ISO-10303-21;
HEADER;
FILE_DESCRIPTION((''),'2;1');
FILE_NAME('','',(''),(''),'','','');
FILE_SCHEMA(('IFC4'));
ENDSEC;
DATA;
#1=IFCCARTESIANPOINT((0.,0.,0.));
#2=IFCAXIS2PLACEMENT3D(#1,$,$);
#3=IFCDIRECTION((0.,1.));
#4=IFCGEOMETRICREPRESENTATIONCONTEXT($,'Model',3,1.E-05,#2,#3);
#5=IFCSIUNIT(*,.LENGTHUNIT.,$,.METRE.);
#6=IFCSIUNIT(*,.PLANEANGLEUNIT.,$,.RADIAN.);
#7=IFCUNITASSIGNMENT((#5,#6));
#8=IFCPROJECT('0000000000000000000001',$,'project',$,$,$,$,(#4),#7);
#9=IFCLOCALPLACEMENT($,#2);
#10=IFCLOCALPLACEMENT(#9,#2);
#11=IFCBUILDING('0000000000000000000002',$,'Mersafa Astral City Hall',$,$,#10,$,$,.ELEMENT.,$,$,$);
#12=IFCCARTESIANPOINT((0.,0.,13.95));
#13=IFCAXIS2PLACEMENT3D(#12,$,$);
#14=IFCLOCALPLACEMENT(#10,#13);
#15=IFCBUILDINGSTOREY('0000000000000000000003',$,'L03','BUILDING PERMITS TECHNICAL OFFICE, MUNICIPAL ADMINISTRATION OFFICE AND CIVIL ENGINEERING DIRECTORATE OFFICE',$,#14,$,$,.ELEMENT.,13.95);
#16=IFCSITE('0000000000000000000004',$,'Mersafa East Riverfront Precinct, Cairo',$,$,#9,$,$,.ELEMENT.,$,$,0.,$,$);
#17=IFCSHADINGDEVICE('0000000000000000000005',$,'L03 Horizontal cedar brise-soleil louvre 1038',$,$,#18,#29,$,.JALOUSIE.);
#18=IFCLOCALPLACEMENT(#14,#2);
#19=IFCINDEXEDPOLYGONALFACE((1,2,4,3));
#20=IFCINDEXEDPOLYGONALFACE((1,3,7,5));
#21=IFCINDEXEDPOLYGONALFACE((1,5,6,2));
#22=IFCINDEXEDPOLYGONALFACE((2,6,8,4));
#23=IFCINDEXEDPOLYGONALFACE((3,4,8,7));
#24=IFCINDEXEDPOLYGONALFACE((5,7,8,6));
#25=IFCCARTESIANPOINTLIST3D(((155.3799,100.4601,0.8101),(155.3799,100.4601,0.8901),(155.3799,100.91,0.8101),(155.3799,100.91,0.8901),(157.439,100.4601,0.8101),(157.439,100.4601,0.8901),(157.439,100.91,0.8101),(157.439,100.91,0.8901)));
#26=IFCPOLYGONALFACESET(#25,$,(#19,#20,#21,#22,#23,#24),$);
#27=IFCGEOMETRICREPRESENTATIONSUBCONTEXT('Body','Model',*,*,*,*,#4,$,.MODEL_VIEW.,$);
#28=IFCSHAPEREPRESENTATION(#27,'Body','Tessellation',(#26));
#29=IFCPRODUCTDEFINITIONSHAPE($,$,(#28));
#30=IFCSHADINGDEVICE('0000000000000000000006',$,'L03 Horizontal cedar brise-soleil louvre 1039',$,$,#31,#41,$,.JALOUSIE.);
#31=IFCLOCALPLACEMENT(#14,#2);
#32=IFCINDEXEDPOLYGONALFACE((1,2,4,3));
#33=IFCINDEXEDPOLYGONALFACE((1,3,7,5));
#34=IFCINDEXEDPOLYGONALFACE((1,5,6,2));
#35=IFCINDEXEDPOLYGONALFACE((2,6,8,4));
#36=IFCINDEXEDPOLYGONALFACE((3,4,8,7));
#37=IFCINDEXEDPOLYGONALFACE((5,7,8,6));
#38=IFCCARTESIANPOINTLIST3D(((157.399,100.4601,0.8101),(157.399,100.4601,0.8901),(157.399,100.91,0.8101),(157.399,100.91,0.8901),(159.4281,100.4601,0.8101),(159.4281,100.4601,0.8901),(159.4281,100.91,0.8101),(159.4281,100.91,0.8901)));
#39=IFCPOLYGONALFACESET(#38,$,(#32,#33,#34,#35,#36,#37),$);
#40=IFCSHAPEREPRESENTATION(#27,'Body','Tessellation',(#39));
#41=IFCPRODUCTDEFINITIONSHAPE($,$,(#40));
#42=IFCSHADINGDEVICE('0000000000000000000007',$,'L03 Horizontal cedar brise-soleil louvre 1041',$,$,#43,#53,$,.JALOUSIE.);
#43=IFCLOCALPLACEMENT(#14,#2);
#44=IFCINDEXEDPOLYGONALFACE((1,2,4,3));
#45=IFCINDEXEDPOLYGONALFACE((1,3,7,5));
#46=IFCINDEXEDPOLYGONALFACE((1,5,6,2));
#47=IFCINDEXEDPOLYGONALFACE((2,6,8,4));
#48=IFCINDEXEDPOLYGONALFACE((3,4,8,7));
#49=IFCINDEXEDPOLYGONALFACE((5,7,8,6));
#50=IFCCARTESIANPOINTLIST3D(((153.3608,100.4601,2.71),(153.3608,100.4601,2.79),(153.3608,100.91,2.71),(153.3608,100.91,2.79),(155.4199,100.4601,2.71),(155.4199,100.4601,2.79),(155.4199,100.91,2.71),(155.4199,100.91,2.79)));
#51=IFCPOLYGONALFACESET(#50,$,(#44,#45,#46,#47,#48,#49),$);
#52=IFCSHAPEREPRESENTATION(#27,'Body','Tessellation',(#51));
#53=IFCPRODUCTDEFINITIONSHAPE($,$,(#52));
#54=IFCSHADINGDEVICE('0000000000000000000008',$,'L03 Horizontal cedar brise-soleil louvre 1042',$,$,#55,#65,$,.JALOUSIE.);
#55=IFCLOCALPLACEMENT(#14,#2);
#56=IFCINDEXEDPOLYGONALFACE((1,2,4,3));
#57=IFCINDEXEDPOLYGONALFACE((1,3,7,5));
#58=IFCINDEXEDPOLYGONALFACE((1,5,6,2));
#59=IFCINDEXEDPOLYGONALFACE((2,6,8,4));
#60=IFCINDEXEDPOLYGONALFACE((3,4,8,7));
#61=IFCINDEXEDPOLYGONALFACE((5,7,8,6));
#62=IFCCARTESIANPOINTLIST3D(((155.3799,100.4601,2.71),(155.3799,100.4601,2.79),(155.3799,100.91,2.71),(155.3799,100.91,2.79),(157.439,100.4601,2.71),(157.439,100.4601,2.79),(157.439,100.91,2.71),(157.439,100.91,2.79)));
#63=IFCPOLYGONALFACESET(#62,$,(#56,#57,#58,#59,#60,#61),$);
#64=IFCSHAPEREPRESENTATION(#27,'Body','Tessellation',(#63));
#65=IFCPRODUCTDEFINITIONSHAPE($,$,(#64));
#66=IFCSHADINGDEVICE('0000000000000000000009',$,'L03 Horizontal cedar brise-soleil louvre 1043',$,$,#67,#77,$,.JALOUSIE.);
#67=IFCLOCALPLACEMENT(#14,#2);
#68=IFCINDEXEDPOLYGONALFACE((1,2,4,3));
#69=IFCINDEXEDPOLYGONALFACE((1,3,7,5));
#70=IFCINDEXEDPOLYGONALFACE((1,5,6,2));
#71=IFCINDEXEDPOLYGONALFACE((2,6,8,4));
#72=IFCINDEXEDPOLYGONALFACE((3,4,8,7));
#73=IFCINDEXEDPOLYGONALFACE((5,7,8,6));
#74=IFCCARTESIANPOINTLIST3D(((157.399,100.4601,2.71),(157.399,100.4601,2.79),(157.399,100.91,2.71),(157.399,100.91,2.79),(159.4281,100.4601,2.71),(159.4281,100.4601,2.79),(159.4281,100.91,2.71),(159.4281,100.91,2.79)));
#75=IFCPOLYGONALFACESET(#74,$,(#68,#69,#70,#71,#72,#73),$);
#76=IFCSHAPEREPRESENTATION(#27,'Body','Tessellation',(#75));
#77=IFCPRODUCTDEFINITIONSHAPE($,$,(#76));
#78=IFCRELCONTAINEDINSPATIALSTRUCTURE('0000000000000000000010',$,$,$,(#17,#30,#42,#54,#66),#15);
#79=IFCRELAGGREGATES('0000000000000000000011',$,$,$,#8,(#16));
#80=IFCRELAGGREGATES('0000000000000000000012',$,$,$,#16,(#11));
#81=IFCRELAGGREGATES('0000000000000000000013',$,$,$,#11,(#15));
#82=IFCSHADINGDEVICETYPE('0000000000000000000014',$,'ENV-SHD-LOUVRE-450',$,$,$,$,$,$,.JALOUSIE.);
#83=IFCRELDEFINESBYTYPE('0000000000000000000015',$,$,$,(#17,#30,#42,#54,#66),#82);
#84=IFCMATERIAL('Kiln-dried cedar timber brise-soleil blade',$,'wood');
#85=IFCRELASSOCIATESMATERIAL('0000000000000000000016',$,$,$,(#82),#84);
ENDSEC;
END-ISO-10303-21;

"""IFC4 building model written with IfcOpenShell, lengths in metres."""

from ifc_helpers import new_model, si_unit, direction, frame, origin, origin_2d, place, context, subcontext, project, spatial, rectangle, extrude, material, type_object, element, save


model = new_model("IFC4")

# Units and contexts
model_context = context("Model", 3, precision=1e-05, world=origin(), true_north=direction((0.0, 1.0)))
body_context = subcontext(model_context, "Body", "Model", "MODEL_VIEW")
ifc_project = project(units=[si_unit("LENGTHUNIT", "METRE"), si_unit("PLANEANGLEUNIT", "RADIAN")], contexts=[model_context])

# Site, building, storey
site_placement = place(None, origin())
site = spatial("IfcSite", under=ifc_project, at=site_placement, Name="Mersafa East Riverfront Precinct, Cairo", CompositionType="ELEMENT", RefElevation=0.0)
building_placement = place(site_placement, origin())
building = spatial("IfcBuilding", under=site, at=building_placement, Name="Mersafa Astral City Hall", CompositionType="ELEMENT")
storey_placement = place(building_placement, frame((0.0, 0.0, 13.95)))
storey = spatial("IfcBuildingStorey", under=building, at=storey_placement, Name="L03", Description="BUILDING PERMITS TECHNICAL OFFICE, MUNICIPAL ADMINISTRATION OFFICE AND CIVIL ENGINEERING DIRECTORATE OFFICE", CompositionType="ELEMENT", Elevation=13.95)

# Shading devices
ifc_material_1 = material(Name="Kiln-dried cedar timber brise-soleil blade", Category="wood")
shading_device_type_1 = type_object("IfcShadingDeviceType", Name="ENV-SHD-LOUVRE-450", PredefinedType="JALOUSIE", material=ifc_material_1)
for number, where, z_axis, x_axis, name in (
    (1, (156.4094, 100.6851, 0.8101), (0.0, 0.0, 1.0), (1.0, 0.0, 0.0), "L03 Horizontal cedar brise-soleil louvre 1038"),
):
    element("IfcShadingDevice", number, at=place(storey_placement, frame(where, z_axis=z_axis, x_axis=x_axis)), inside=storey, type_object=shading_device_type_1, Name=name, PredefinedType="JALOUSIE", context=body_context, shape_type="SweptSolid", body=[
        extrude(rectangle(XDim=2.0591, YDim=0.45, at=origin_2d()), origin(), (0.0, 0.0, 1.0), 0.0801),
    ])
shading_device_1_placement = place(storey_placement, frame((158.4136, 100.6851, 0.8101), z_axis=(0.0, 0.0, 1.0), x_axis=(1.0, 0.0, 0.0)))
element("IfcShadingDevice", 2, at=shading_device_1_placement, inside=storey, type_object=shading_device_type_1, Name="L03 Horizontal cedar brise-soleil louvre 1039", PredefinedType="JALOUSIE", context=body_context, shape_type="SweptSolid", body=[
    extrude(rectangle(XDim=2.0291, YDim=0.45, at=origin_2d()), origin(), (0.0, 0.0, 1.0), 0.0801),
])
for number, where, z_axis, x_axis, name in (
    (3, (154.3904, 100.6851, 2.71), (0.0, 0.0, 1.0), (1.0, 0.0, 0.0), "L03 Horizontal cedar brise-soleil louvre 1041"),
    (4, (156.4094, 100.6851, 2.71), (0.0, 0.0, 1.0), (1.0, 0.0, 0.0), "L03 Horizontal cedar brise-soleil louvre 1042"),
):
    element("IfcShadingDevice", number, at=place(storey_placement, frame(where, z_axis=z_axis, x_axis=x_axis)), inside=storey, type_object=shading_device_type_1, Name=name, PredefinedType="JALOUSIE", context=body_context, shape_type="SweptSolid", body=[
        extrude(rectangle(XDim=2.0591, YDim=0.45, at=origin_2d()), origin(), (0.0, 0.0, 1.0), 0.0801),
    ])
shading_device_2_placement = place(storey_placement, frame((158.4136, 100.6851, 2.71), z_axis=(0.0, 0.0, 1.0), x_axis=(1.0, 0.0, 0.0)))
element("IfcShadingDevice", 5, at=shading_device_2_placement, inside=storey, type_object=shading_device_type_1, Name="L03 Horizontal cedar brise-soleil louvre 1043", PredefinedType="JALOUSIE", context=body_context, shape_type="SweptSolid", body=[
    extrude(rectangle(XDim=2.0291, YDim=0.45, at=origin_2d()), origin(), (0.0, 0.0, 1.0), 0.0801),
])

save(model, "model.ifc")
